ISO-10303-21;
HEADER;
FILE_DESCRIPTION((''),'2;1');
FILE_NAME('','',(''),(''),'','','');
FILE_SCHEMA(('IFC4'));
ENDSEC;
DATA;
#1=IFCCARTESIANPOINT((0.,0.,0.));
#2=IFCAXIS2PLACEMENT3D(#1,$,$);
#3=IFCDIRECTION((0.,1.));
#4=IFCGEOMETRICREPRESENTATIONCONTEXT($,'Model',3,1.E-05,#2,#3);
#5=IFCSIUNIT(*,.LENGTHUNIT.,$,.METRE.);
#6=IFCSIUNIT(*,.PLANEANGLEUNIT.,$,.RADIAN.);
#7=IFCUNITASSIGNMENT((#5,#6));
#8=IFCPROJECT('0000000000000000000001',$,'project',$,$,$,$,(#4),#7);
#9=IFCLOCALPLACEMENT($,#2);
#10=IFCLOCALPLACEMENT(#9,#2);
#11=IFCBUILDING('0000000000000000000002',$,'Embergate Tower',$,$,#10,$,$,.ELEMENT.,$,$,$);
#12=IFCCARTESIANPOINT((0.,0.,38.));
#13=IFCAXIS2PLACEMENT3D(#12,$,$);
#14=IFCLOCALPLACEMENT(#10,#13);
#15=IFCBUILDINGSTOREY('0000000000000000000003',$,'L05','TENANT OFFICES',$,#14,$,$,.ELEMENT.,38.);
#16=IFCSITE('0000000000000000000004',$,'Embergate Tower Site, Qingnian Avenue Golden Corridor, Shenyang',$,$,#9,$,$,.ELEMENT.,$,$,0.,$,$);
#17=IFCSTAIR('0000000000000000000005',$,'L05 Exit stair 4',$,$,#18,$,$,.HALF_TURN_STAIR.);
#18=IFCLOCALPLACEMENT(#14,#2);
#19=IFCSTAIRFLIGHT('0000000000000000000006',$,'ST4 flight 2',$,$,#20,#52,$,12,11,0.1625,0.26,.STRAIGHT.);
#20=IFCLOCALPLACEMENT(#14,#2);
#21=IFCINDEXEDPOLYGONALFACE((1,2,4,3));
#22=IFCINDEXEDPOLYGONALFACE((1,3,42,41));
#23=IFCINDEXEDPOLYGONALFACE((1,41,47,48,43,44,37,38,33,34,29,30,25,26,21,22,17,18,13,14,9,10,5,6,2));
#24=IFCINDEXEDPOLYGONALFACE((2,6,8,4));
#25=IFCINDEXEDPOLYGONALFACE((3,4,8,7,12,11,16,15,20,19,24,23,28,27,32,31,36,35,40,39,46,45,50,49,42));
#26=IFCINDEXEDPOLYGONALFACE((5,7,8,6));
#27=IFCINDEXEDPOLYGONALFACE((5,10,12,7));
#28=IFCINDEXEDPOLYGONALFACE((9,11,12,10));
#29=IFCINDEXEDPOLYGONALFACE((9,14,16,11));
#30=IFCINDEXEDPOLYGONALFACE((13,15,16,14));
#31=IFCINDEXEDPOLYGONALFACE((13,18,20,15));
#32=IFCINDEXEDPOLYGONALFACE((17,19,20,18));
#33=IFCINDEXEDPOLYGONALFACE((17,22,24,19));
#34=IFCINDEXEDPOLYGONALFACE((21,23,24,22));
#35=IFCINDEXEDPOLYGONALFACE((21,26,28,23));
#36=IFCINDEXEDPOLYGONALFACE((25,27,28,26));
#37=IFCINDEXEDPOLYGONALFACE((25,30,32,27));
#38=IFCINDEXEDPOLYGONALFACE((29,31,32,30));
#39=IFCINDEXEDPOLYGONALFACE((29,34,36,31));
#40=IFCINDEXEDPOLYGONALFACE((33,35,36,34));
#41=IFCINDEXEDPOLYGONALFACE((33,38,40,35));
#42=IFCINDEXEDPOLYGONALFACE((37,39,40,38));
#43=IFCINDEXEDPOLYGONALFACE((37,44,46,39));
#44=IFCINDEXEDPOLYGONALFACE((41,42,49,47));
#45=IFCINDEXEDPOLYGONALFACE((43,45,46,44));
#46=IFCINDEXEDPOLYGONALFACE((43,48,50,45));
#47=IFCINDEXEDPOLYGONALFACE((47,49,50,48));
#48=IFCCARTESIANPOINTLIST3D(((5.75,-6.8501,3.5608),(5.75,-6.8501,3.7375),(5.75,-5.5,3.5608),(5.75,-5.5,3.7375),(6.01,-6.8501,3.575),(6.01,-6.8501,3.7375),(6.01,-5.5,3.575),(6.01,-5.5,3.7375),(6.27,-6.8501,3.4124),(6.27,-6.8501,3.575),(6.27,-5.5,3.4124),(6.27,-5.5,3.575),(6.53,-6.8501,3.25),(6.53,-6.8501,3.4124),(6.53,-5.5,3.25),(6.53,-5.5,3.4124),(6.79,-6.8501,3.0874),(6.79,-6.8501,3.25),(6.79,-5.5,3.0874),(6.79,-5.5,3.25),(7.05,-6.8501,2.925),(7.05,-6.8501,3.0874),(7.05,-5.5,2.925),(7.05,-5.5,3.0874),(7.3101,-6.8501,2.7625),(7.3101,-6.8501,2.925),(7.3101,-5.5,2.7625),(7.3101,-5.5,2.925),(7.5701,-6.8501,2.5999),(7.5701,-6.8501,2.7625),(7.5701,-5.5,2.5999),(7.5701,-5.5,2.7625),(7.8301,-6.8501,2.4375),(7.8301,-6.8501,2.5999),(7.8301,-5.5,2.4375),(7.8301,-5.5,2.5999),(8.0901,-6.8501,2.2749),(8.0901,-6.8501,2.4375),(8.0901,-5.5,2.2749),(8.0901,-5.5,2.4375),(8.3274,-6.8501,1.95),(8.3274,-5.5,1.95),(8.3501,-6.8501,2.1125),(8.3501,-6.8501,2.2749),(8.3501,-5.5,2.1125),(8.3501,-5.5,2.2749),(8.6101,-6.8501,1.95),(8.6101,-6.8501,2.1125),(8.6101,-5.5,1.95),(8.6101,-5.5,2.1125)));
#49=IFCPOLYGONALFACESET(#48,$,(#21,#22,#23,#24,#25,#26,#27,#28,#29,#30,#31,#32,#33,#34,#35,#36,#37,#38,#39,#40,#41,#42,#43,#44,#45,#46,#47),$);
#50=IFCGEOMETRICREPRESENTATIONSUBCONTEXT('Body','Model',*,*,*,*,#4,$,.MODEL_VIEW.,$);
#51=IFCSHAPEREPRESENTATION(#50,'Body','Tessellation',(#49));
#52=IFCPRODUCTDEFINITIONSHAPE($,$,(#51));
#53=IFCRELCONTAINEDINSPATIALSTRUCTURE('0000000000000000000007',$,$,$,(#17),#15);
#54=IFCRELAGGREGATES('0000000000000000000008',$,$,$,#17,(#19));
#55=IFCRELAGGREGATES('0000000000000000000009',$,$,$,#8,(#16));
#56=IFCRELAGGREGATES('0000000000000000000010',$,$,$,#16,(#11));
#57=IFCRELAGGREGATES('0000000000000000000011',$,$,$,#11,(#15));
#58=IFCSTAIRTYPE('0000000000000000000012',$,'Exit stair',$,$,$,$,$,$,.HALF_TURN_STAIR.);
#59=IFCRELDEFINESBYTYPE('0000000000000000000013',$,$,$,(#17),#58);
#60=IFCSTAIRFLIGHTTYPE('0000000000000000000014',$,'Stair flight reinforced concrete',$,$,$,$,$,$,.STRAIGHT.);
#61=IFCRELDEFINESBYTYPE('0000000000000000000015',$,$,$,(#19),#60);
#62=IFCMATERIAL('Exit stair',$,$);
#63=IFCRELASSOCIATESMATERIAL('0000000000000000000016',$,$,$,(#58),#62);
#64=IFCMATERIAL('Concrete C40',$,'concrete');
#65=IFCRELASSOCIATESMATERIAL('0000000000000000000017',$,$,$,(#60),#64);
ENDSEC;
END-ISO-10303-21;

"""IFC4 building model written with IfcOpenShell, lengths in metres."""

from ifc_helpers import new_model, si_unit, direction, frame, origin, place, context, subcontext, project, spatial, polyline, outline, extrude, source, transform, mapped, material, type_object, element, aggregate, save


model = new_model("IFC4")

# Units and contexts
model_context = context("Model", 3, precision=1e-05, world=origin(), true_north=direction((0.0, 1.0)))
body_context = subcontext(model_context, "Body", "Model", "MODEL_VIEW")
ifc_project = project(units=[si_unit("LENGTHUNIT", "METRE"), si_unit("PLANEANGLEUNIT", "RADIAN")], contexts=[model_context])

# Site, building, storey
site_placement = place(None, origin())
site = spatial("IfcSite", under=ifc_project, at=site_placement, Name="Embergate Tower Site, Qingnian Avenue Golden Corridor, Shenyang", CompositionType="ELEMENT", RefElevation=0.0)
building_placement = place(site_placement, origin())
building = spatial("IfcBuilding", under=site, at=building_placement, Name="Embergate Tower", CompositionType="ELEMENT")
storey_placement = place(building_placement, frame((0.0, 0.0, 38.0)))
storey = spatial("IfcBuildingStorey", under=building, at=storey_placement, Name="L05", Description="TENANT OFFICES", CompositionType="ELEMENT", Elevation=38.0)

# Stair, stair flight
ifc_material_1 = material(Name="Exit stair")
stair_type = type_object("IfcStairType", Name="Exit stair", PredefinedType="HALF_TURN_STAIR", material=ifc_material_1)
stair_placement = place(storey_placement, origin())
stair = element("IfcStair", 1, at=stair_placement, inside=storey, type_object=stair_type, Name="L05 Exit stair 4", PredefinedType="HALF_TURN_STAIR")
ifc_material_2 = material(Name="Concrete C40", Category="concrete")
stair_flight_type = type_object("IfcStairFlightType", Name="Stair flight reinforced concrete", PredefinedType="STRAIGHT", material=ifc_material_2)
shared_shape_1 = source(origin(), body_context, "Body", "SweptSolid", [
    extrude(outline(polyline([(0.0, 0.0), (0.0, 0.1626), (0.26, 0.1626), (0.26, 0.325), (0.52, 0.325), (0.52, 0.4875), (0.78, 0.4875), (0.78, 0.6499), (1.04, 0.6499), (1.04, 0.8125), (1.3, 0.8125), (1.3, 0.9751), (1.5601, 0.9751), (1.5601, 1.1375), (1.8201, 1.1375), (1.8201, 1.3), (2.0801, 1.3), (2.0801, 1.4624), (2.3401, 1.4624), (2.3401, 1.625), (2.6001, 1.625), (2.6001, 1.7876), (2.8601, 1.7876), (2.8601, 1.95), (2.8601, 1.6108), (0.2827, 0.0), (0.0, 0.0)])), frame((0.0, 0.675, 0.0), z_axis=(0.0, -1.0, 0.0), x_axis=(1.0, 0.0, 0.0)), (0.0, 0.0, 1.0), 1.3501),
])
stair_flight_placement = place(storey_placement, frame((8.6101, -6.175, 1.95), z_axis=(0.0, 0.0, 1.0), x_axis=(-1.0, 0.0, 0.0)))
stair_flight = element("IfcStairFlight", 2, at=stair_flight_placement, type_object=stair_flight_type, Name="ST4 flight 2", NumberOfRisers=12, NumberOfTreads=11, PredefinedType="STRAIGHT", RiserHeight=0.1625, TreadLength=0.26, context=body_context, shape_type="MappedRepresentation", body=[
    mapped(shared_shape_1, transform((0.0, 0.0, 0.0))),
])
aggregate(stair, [stair_flight])

save(model, "model.ifc")
